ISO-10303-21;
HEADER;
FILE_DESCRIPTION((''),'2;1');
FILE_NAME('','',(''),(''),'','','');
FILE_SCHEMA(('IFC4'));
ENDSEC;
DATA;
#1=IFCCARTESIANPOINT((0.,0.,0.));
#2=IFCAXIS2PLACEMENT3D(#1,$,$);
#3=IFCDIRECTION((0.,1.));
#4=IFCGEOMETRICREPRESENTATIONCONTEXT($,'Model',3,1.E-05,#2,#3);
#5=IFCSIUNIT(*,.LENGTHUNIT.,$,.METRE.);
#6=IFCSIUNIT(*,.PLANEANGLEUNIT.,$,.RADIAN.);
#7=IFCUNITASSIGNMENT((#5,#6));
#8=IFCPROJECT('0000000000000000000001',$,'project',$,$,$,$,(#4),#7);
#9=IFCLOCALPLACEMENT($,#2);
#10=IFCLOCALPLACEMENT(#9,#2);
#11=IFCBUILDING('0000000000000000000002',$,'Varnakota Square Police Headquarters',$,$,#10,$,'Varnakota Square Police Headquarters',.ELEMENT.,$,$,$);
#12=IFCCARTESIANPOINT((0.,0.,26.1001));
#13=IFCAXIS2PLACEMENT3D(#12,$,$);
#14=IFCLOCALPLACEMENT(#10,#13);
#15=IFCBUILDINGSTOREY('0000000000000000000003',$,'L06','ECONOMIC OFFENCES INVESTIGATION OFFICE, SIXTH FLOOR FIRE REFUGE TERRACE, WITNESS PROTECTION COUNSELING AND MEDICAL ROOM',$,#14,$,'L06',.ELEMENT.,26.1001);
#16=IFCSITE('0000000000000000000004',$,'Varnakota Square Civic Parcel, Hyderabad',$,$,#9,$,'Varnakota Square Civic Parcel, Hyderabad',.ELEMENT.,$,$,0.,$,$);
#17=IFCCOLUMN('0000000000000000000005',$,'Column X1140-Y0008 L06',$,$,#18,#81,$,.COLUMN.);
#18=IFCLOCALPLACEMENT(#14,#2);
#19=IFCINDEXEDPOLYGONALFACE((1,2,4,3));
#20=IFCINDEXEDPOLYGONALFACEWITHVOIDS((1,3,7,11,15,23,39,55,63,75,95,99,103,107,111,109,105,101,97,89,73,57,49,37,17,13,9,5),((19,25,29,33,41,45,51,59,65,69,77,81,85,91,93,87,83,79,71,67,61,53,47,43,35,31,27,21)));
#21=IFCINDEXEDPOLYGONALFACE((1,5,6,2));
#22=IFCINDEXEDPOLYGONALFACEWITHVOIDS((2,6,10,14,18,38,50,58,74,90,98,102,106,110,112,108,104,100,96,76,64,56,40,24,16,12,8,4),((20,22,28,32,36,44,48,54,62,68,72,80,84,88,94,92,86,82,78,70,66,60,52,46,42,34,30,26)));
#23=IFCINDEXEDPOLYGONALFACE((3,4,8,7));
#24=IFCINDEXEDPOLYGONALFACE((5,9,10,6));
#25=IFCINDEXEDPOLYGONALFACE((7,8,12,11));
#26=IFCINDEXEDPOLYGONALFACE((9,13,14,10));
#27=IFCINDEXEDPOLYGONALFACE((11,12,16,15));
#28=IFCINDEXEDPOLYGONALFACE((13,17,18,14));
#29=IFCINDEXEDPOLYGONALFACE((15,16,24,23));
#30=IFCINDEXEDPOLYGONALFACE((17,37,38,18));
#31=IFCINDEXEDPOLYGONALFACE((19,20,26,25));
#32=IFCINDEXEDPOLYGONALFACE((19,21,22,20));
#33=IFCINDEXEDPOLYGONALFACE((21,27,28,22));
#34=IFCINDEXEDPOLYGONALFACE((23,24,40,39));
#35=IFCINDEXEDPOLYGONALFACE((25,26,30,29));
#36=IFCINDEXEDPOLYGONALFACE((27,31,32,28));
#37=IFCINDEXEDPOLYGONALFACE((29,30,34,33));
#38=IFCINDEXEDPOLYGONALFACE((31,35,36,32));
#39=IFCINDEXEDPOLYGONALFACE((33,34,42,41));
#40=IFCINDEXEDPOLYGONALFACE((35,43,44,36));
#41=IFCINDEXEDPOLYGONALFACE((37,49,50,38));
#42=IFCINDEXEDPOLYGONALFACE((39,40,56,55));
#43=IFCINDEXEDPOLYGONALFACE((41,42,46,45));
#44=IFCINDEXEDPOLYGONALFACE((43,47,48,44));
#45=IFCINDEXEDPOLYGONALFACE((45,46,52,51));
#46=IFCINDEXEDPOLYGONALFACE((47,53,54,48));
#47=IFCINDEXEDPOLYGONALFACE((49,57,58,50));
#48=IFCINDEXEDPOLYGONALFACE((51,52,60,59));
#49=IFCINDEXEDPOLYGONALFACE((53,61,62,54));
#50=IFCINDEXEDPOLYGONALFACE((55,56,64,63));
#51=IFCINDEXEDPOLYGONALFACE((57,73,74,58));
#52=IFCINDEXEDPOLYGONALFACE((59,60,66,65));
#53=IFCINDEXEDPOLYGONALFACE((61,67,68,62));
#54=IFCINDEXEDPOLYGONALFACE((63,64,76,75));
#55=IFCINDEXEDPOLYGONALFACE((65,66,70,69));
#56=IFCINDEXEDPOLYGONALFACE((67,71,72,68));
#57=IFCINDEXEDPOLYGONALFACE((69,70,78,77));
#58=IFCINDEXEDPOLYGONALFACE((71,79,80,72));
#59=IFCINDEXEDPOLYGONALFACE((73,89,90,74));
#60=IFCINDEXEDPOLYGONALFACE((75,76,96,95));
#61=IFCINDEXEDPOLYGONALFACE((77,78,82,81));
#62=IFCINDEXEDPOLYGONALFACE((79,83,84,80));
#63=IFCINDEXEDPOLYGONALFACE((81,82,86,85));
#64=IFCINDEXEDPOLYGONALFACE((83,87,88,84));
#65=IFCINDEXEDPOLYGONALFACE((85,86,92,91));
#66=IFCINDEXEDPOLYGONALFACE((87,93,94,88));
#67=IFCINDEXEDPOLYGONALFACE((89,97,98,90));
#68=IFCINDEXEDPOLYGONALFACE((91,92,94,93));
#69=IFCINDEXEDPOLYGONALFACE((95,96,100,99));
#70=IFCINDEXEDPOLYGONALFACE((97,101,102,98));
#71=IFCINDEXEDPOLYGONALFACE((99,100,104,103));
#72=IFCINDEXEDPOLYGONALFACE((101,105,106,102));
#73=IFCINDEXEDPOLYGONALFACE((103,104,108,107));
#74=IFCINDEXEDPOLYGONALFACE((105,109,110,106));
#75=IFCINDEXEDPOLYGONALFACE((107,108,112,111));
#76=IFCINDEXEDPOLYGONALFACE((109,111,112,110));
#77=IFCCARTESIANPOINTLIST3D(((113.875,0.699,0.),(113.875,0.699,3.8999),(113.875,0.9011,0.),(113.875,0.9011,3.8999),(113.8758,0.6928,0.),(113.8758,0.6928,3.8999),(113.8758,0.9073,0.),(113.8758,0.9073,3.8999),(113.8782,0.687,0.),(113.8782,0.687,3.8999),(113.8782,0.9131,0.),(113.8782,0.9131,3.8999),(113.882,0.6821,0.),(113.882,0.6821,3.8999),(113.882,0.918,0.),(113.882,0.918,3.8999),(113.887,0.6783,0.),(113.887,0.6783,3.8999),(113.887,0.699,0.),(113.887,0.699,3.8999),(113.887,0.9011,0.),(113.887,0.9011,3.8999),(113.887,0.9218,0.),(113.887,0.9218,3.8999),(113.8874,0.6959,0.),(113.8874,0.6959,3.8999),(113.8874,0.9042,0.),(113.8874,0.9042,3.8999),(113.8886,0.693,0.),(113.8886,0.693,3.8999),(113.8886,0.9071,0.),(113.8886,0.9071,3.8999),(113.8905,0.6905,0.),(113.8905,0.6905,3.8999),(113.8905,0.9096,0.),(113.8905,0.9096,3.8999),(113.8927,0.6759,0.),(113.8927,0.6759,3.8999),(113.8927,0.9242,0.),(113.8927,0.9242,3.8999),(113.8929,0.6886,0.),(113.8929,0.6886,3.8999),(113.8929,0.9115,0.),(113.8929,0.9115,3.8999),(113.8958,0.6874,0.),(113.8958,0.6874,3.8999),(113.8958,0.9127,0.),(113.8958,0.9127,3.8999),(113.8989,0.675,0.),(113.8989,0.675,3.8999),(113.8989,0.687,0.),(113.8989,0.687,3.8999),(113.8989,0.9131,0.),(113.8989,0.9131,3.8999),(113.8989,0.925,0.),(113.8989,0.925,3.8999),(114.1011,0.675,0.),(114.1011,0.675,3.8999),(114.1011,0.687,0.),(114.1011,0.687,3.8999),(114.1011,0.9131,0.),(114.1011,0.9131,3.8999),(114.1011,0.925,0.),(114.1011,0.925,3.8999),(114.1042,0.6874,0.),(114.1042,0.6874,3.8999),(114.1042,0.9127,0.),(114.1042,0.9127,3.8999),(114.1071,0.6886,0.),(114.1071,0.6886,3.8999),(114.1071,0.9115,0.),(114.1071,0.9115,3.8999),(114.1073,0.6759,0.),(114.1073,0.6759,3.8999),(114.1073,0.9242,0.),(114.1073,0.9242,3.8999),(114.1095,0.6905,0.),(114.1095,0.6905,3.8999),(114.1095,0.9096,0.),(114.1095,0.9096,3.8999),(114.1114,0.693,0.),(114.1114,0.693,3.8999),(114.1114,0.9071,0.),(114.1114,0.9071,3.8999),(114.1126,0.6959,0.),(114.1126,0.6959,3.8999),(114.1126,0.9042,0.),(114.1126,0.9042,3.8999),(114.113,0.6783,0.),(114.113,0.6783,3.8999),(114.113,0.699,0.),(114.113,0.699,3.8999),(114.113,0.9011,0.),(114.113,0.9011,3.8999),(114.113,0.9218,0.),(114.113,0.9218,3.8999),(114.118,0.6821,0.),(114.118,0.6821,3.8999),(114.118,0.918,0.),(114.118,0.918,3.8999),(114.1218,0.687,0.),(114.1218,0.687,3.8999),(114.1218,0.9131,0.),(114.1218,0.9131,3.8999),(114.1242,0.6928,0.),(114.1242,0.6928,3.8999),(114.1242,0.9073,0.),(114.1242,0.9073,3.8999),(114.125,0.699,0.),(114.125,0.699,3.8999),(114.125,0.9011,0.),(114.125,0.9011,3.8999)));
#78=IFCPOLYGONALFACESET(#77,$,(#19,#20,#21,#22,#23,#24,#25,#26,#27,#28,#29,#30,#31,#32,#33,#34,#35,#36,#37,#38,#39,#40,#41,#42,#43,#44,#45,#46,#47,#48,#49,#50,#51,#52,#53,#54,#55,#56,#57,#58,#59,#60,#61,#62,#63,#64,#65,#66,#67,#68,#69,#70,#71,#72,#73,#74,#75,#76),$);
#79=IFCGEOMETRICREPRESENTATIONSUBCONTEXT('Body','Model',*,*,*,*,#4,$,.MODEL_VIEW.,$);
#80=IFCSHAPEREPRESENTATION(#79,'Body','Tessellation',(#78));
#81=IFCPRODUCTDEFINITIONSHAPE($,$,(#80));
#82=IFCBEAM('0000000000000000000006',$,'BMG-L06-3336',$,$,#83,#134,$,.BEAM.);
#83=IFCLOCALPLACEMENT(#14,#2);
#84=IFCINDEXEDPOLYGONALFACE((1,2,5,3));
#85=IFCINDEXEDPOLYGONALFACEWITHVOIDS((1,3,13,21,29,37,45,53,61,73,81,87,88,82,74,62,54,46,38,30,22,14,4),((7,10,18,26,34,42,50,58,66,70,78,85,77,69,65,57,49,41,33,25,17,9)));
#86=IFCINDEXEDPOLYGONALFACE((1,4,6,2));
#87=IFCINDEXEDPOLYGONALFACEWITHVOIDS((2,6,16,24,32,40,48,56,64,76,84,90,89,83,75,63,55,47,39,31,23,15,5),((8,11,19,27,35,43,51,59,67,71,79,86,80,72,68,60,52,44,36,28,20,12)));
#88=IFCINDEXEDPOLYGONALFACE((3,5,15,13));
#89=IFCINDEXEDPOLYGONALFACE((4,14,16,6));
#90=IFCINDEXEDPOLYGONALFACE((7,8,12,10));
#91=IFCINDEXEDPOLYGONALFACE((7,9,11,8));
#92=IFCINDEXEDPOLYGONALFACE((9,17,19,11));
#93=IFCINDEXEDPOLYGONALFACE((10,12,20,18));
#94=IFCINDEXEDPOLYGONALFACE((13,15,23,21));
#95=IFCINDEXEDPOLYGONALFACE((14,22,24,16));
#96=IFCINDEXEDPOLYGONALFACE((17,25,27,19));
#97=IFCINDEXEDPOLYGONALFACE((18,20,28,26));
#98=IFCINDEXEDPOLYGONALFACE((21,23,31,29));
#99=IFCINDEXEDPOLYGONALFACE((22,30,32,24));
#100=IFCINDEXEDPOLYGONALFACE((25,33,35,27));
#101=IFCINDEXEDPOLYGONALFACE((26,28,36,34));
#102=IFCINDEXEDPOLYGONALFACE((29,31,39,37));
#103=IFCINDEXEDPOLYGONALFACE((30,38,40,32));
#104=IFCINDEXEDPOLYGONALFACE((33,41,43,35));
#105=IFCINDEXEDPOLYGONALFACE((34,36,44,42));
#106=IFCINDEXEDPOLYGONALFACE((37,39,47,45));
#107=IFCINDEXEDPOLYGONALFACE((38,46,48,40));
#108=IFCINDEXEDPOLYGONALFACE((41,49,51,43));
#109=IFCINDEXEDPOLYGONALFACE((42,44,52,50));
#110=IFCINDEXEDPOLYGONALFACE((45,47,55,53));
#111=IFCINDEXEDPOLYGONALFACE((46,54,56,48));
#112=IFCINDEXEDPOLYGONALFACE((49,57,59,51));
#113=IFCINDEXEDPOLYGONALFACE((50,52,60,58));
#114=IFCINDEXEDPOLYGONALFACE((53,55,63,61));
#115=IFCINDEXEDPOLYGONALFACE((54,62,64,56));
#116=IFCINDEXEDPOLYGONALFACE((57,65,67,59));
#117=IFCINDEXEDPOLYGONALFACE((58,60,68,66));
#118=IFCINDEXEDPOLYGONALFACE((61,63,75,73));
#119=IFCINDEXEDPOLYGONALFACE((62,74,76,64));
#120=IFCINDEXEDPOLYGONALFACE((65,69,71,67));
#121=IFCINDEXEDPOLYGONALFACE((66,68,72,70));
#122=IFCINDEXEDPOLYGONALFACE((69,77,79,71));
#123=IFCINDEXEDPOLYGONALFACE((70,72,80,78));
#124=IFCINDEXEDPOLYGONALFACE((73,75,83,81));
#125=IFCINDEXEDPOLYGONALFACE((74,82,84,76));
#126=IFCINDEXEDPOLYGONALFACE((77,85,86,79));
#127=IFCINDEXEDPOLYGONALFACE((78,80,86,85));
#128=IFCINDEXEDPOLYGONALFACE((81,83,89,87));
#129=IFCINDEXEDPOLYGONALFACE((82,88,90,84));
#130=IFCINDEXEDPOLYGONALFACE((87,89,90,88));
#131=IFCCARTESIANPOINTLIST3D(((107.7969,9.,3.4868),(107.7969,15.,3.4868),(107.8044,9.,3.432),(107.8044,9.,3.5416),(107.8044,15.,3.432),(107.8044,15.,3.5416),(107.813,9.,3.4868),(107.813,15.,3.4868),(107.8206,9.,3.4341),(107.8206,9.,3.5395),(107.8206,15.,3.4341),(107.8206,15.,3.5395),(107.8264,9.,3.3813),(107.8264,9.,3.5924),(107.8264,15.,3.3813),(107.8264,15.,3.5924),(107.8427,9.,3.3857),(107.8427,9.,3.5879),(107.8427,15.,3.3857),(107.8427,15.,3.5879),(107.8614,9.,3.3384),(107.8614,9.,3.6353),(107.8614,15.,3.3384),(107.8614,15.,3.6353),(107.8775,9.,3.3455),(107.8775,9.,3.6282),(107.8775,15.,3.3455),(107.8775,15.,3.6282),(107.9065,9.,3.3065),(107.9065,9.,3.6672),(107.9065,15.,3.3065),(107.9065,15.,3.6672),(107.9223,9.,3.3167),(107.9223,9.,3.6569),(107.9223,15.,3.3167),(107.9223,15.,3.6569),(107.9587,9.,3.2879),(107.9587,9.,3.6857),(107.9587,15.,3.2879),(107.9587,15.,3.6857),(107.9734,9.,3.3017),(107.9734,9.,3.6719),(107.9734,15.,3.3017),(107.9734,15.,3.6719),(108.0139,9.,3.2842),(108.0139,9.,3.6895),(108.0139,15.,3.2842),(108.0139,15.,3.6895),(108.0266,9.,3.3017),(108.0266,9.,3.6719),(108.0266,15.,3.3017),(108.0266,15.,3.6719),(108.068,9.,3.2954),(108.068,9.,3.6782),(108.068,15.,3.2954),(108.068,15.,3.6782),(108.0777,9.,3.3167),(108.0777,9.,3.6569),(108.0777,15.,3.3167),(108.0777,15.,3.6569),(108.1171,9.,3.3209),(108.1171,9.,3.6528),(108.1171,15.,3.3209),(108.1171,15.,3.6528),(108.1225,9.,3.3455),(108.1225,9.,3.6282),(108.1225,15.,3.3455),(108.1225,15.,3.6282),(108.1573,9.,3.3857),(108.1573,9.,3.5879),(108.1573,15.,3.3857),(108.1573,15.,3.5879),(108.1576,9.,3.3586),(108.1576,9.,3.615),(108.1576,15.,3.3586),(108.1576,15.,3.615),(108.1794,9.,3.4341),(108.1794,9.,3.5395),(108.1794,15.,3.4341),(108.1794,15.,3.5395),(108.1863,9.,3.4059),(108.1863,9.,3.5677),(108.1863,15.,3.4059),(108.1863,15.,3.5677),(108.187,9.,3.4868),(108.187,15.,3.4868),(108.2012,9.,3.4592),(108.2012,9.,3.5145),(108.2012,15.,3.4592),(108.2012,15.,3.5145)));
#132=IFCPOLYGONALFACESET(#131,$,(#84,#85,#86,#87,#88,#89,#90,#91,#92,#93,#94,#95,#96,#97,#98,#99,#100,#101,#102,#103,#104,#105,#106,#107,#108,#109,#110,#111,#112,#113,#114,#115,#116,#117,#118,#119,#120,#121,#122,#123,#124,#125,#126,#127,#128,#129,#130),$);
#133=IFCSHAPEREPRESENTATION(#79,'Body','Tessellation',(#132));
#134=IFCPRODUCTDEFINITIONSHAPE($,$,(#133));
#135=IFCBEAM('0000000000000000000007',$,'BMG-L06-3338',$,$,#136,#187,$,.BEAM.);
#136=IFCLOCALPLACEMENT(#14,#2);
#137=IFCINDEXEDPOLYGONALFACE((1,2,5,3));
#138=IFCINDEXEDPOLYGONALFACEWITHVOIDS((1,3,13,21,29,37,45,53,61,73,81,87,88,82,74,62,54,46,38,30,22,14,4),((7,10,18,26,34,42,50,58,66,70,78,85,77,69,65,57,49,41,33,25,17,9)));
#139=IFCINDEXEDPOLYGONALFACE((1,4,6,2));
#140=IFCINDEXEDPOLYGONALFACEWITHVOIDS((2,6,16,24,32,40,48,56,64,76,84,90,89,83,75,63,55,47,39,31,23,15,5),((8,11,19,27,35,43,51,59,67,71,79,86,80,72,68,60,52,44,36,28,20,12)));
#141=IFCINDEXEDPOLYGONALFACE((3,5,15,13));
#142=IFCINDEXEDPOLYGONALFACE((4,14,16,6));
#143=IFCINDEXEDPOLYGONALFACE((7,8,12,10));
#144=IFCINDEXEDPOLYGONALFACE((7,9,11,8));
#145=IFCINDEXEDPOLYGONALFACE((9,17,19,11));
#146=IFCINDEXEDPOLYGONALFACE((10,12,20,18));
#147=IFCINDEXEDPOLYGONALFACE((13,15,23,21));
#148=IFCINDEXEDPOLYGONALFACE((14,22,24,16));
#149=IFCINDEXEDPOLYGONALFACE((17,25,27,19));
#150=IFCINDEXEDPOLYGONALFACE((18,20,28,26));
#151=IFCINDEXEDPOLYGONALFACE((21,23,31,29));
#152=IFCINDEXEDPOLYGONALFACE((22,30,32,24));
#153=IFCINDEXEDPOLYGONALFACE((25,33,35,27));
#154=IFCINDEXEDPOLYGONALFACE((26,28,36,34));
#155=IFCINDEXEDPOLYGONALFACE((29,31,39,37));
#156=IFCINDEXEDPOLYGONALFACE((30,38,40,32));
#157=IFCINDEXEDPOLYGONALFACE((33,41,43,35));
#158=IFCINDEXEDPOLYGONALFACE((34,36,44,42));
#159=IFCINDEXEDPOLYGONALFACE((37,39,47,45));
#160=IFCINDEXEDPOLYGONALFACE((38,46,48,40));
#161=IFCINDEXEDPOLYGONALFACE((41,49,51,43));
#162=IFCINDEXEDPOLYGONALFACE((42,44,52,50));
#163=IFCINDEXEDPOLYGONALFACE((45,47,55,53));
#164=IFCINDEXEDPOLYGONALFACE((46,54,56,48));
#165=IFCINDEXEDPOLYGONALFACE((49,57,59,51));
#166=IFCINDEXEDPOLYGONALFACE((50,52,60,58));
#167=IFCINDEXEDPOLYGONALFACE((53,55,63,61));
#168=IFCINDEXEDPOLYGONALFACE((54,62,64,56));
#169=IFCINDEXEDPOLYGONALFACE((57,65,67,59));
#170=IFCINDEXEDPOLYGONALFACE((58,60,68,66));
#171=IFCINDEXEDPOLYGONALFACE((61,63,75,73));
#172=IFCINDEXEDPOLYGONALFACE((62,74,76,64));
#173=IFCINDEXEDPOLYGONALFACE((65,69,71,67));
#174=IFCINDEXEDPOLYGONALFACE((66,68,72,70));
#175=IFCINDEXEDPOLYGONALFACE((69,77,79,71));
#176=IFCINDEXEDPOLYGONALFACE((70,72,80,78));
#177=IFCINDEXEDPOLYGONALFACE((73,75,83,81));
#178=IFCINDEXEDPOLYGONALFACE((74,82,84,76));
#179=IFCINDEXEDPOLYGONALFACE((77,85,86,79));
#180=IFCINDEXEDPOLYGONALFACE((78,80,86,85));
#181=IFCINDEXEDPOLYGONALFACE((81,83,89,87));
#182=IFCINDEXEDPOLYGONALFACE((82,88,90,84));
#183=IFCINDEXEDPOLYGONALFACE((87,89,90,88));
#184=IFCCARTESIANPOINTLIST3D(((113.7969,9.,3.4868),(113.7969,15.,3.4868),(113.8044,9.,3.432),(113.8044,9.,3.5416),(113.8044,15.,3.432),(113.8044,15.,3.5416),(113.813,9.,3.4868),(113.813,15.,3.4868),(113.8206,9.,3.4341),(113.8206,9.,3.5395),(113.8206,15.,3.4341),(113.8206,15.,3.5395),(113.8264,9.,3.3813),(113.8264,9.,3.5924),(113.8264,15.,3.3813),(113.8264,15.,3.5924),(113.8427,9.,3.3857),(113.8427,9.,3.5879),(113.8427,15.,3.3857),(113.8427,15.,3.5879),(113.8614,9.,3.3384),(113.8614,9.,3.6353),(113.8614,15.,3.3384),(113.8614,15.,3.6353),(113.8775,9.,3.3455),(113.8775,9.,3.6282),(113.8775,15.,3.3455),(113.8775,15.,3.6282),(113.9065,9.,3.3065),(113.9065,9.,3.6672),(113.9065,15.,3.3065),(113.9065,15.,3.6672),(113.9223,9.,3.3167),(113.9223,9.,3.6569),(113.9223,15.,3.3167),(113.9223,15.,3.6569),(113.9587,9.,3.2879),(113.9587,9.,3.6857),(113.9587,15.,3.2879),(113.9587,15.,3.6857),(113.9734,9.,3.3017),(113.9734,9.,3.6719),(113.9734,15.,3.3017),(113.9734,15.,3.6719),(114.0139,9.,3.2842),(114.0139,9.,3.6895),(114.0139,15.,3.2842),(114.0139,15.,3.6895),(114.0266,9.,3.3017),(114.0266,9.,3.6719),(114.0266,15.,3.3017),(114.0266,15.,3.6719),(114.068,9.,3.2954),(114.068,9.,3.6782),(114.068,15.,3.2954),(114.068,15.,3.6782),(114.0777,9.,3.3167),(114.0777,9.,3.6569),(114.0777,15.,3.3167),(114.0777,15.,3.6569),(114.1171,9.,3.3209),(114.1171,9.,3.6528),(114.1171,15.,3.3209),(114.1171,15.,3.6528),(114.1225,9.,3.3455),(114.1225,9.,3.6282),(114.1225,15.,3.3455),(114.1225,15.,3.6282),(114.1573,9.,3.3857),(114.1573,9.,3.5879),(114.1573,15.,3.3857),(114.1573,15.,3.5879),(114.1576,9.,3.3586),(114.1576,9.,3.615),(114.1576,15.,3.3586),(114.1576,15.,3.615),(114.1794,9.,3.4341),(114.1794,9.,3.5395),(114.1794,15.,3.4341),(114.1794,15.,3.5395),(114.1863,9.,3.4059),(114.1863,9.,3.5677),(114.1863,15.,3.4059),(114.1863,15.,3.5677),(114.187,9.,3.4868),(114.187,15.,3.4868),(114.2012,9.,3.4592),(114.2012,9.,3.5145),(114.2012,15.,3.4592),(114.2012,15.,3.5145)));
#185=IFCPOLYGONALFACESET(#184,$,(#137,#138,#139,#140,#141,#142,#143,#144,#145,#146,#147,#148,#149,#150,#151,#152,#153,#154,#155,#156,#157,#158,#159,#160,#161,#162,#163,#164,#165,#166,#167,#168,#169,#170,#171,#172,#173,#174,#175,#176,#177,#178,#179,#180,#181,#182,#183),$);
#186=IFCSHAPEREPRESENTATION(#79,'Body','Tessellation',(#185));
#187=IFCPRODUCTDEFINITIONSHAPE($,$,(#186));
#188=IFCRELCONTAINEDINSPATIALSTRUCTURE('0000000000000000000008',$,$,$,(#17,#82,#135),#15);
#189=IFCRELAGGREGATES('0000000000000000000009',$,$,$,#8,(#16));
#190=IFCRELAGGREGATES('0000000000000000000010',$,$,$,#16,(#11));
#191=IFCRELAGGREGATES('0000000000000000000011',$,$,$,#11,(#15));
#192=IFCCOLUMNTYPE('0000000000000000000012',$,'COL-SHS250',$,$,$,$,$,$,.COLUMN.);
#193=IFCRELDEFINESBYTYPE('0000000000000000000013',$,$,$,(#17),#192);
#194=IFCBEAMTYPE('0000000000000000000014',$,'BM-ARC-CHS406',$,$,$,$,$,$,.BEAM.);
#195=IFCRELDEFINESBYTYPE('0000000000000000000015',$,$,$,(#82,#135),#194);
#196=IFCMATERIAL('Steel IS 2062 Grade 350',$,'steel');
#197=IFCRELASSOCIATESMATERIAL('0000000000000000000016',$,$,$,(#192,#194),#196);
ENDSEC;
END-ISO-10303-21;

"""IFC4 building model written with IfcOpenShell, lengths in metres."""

from ifc_helpers import new_model, si_unit, direction, frame, origin, origin_2d, place, context, subcontext, project, spatial, hollow_rectangle, hollow_circle, extrude, material, material_profile, profile_set, type_object, element, save


model = new_model("IFC4")

# Units and contexts
model_context = context("Model", 3, precision=1e-05, world=origin(), true_north=direction((0.0, 1.0)))
body_context = subcontext(model_context, "Body", "Model", "MODEL_VIEW")
ifc_project = project(units=[si_unit("LENGTHUNIT", "METRE"), si_unit("PLANEANGLEUNIT", "RADIAN")], contexts=[model_context])

# Site, building, storey
site_placement = place(None, origin())
site = spatial("IfcSite", under=ifc_project, at=site_placement, Name="Varnakota Square Civic Parcel, Hyderabad", LongName="Varnakota Square Civic Parcel, Hyderabad", CompositionType="ELEMENT", RefElevation=0.0)
building_placement = place(site_placement, origin())
building = spatial("IfcBuilding", under=site, at=building_placement, Name="Varnakota Square Police Headquarters", LongName="Varnakota Square Police Headquarters", CompositionType="ELEMENT")
storey_placement = place(building_placement, frame((0.0, 0.0, 26.1001)))
storey = spatial("IfcBuildingStorey", under=building, at=storey_placement, Name="L06", Description="ECONOMIC OFFENCES INVESTIGATION OFFICE, SIXTH FLOOR FIRE REFUGE TERRACE, WITNESS PROTECTION COUNSELING AND MEDICAL ROOM", LongName="L06", CompositionType="ELEMENT", Elevation=26.1001)

# Column
ifc_material_1 = material(Name="Steel IS 2062 Grade 350", Category="steel")
ifc_material_profile_1 = material_profile(ifc_material_1, hollow_rectangle(XDim=0.25, YDim=0.25, WallThickness=0.012, InnerFilletRadius=0.012, OuterFilletRadius=0.0239, at=origin_2d()), Name="SHS 250x250x12")
ifc_profile_set_1 = profile_set([ifc_material_profile_1], Name="Steel IS 2062 Grade 350")
column_type_1 = type_object("IfcColumnType", Name="COL-SHS250", PredefinedType="COLUMN", material=ifc_profile_set_1)
for number, where, z_axis, x_axis, name in (
    (1, (114.0, 0.8, 0.0), (0.0, 0.0, 1.0), (1.0, 0.0, 0.0), "Column X1140-Y0008 L06"),
):
    element("IfcColumn", number, at=place(storey_placement, frame(where, z_axis=z_axis, x_axis=x_axis)), inside=storey, type_object=column_type_1, Name=name, PredefinedType="COLUMN", context=body_context, shape_type="SweptSolid", body=[
        extrude(hollow_rectangle(XDim=0.25, YDim=0.25, WallThickness=0.012, InnerFilletRadius=0.012, OuterFilletRadius=0.0239, at=origin_2d()), origin(), (0.0, 0.0, 1.0), 3.8999),
    ])

# Beams
ifc_material_profile_2 = material_profile(ifc_material_1, hollow_circle(Radius=0.2031, WallThickness=0.0161, at=origin_2d()), Name="CHS 406.4x16.0")
ifc_profile_set_2 = profile_set([ifc_material_profile_2], Name="Steel IS 2062 Grade 350")
beam_type_1 = type_object("IfcBeamType", Name="BM-ARC-CHS406", PredefinedType="BEAM", material=ifc_profile_set_2)
for number, where, z_axis, x_axis, name in (
    (2, (108.0, 9.0, 3.4868), (0.0, 1.0, 0.0), (-1.0, 0.0, 0.0), "BMG-L06-3336"),
    (3, (114.0, 9.0, 3.4868), (0.0, 1.0, 0.0), (-1.0, 0.0, 0.0), "BMG-L06-3338"),
):
    element("IfcBeam", number, at=place(storey_placement, frame(where, z_axis=z_axis, x_axis=x_axis)), inside=storey, type_object=beam_type_1, Name=name, PredefinedType="BEAM", context=body_context, shape_type="SweptSolid", body=[
        extrude(hollow_circle(Radius=0.2031, WallThickness=0.0161, at=origin_2d()), origin(), (0.0, 0.0, 1.0), 6.0),
    ])

save(model, "model.ifc")
